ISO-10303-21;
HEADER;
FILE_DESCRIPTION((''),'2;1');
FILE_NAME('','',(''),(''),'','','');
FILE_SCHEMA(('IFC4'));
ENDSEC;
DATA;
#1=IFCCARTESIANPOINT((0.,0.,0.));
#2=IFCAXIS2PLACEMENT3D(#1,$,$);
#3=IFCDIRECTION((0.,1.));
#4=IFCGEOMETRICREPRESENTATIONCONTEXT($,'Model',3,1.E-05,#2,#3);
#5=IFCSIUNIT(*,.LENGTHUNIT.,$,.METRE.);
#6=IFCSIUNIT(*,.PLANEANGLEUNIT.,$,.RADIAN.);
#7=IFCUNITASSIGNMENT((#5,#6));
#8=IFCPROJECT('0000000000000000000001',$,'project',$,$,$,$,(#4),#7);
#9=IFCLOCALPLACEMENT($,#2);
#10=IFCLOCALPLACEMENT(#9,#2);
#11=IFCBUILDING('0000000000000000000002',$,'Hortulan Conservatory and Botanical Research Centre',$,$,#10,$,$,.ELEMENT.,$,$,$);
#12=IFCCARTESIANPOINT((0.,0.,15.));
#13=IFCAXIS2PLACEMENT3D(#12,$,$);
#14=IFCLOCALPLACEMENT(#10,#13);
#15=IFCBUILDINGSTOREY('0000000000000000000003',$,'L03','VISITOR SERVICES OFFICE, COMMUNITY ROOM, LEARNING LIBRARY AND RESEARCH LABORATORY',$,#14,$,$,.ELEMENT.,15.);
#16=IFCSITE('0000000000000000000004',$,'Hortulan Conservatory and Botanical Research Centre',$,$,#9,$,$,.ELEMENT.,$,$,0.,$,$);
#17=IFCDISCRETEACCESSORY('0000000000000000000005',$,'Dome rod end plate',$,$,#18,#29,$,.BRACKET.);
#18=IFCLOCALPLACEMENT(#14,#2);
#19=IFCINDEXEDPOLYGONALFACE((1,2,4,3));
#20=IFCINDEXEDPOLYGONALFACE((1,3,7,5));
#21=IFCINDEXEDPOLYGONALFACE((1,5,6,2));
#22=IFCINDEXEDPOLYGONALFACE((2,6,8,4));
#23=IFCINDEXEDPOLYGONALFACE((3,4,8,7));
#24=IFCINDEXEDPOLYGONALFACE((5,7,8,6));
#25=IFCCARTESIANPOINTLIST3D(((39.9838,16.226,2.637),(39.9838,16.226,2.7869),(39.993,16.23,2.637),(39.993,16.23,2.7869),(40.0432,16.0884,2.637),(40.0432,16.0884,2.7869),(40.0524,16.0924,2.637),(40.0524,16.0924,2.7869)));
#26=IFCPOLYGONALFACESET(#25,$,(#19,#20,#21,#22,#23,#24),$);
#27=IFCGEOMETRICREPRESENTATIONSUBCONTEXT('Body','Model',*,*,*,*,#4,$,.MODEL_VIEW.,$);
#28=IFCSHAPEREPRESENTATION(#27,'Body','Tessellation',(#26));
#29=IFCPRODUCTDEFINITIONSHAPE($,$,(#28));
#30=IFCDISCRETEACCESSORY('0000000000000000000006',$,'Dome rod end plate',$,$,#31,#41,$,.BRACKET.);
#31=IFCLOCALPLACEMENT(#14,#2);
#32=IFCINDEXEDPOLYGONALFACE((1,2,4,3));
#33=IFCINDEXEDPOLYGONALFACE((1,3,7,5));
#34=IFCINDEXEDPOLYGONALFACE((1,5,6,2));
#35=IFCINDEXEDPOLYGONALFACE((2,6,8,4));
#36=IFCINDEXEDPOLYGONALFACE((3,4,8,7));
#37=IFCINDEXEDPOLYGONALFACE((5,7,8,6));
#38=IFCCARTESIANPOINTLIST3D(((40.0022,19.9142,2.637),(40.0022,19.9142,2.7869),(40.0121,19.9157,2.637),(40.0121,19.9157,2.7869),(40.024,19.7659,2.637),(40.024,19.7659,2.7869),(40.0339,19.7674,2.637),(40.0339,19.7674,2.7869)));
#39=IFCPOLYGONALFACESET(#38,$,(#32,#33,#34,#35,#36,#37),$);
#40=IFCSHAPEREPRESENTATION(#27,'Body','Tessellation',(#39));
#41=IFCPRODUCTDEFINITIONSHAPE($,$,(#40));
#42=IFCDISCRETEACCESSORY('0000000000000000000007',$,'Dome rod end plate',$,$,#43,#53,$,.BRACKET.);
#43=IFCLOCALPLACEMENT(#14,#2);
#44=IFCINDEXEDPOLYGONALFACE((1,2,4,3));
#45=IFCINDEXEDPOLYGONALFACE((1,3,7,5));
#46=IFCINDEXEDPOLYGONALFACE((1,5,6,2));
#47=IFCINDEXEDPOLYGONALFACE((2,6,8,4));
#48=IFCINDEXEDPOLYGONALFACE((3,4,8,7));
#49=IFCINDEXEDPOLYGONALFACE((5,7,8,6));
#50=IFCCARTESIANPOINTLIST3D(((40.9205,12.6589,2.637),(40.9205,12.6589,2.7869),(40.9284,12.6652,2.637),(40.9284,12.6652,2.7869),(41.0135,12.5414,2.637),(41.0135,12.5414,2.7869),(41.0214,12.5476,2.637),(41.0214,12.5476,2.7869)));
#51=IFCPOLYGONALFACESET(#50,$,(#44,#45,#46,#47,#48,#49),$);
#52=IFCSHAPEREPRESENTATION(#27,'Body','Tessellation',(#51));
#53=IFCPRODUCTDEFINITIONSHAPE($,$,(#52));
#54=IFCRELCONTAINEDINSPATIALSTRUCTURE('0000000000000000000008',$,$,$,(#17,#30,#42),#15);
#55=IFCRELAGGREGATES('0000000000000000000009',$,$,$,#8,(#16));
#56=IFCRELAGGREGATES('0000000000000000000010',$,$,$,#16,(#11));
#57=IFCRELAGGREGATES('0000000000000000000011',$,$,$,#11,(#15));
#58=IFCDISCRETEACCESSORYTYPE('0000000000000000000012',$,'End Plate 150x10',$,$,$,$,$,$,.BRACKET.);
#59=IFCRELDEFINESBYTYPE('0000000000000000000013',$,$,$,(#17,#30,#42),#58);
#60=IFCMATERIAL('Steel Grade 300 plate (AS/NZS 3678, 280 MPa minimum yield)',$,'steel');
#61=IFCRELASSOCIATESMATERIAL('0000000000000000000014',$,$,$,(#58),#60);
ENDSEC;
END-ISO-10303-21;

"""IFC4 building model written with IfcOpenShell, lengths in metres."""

from ifc_helpers import new_model, si_unit, direction, frame, origin, origin_2d, place, context, subcontext, project, spatial, rectangle, extrude, material, type_object, element, save


model = new_model("IFC4")

# Units and contexts
model_context = context("Model", 3, precision=1e-05, world=origin(), true_north=direction((0.0, 1.0)))
body_context = subcontext(model_context, "Body", "Model", "MODEL_VIEW")
ifc_project = project(units=[si_unit("LENGTHUNIT", "METRE"), si_unit("PLANEANGLEUNIT", "RADIAN")], contexts=[model_context])

# Site, building, storey
site_placement = place(None, origin())
site = spatial("IfcSite", under=ifc_project, at=site_placement, Name="Hortulan Conservatory and Botanical Research Centre", CompositionType="ELEMENT", RefElevation=0.0)
building_placement = place(site_placement, origin())
building = spatial("IfcBuilding", under=site, at=building_placement, Name="Hortulan Conservatory and Botanical Research Centre", CompositionType="ELEMENT")
storey_placement = place(building_placement, frame((0.0, 0.0, 15.0)))
storey = spatial("IfcBuildingStorey", under=building, at=storey_placement, Name="L03", Description="VISITOR SERVICES OFFICE, COMMUNITY ROOM, LEARNING LIBRARY AND RESEARCH LABORATORY", CompositionType="ELEMENT", Elevation=15.0)

# Discrete accessories
ifc_material_1 = material(Name="Steel Grade 300 plate (AS/NZS 3678, 280 MPa minimum yield)", Category="steel")
discrete_accessory_type = type_object("IfcDiscreteAccessoryType", Name="End Plate 150x10", PredefinedType="BRACKET", material=ifc_material_1)
for number, where, z_axis, x_axis, name in (
    (1, (40.0181, 16.1592, 2.637), (0.0, 0.0, 1.0), (0.396395, -0.91808, 0.0), "Dome rod end plate"),
    (2, (40.0181, 19.8408, 2.637), (0.0, 0.0, 1.0), (0.145254, -0.989394, 0.0), "Dome rod end plate"),
    (3, (40.9709, 12.6033, 2.637), (0.0, 0.0, 1.0), (0.620505, -0.784203, 0.0), "Dome rod end plate"),
):
    element("IfcDiscreteAccessory", number, at=place(storey_placement, frame(where, z_axis=z_axis, x_axis=x_axis)), inside=storey, type_object=discrete_accessory_type, Name=name, PredefinedType="BRACKET", context=body_context, shape_type="SweptSolid", body=[
        extrude(rectangle(XDim=0.1499, YDim=0.01, at=origin_2d()), origin(), (0.0, 0.0, 1.0), 0.1499),
    ])

save(model, "model.ifc")
